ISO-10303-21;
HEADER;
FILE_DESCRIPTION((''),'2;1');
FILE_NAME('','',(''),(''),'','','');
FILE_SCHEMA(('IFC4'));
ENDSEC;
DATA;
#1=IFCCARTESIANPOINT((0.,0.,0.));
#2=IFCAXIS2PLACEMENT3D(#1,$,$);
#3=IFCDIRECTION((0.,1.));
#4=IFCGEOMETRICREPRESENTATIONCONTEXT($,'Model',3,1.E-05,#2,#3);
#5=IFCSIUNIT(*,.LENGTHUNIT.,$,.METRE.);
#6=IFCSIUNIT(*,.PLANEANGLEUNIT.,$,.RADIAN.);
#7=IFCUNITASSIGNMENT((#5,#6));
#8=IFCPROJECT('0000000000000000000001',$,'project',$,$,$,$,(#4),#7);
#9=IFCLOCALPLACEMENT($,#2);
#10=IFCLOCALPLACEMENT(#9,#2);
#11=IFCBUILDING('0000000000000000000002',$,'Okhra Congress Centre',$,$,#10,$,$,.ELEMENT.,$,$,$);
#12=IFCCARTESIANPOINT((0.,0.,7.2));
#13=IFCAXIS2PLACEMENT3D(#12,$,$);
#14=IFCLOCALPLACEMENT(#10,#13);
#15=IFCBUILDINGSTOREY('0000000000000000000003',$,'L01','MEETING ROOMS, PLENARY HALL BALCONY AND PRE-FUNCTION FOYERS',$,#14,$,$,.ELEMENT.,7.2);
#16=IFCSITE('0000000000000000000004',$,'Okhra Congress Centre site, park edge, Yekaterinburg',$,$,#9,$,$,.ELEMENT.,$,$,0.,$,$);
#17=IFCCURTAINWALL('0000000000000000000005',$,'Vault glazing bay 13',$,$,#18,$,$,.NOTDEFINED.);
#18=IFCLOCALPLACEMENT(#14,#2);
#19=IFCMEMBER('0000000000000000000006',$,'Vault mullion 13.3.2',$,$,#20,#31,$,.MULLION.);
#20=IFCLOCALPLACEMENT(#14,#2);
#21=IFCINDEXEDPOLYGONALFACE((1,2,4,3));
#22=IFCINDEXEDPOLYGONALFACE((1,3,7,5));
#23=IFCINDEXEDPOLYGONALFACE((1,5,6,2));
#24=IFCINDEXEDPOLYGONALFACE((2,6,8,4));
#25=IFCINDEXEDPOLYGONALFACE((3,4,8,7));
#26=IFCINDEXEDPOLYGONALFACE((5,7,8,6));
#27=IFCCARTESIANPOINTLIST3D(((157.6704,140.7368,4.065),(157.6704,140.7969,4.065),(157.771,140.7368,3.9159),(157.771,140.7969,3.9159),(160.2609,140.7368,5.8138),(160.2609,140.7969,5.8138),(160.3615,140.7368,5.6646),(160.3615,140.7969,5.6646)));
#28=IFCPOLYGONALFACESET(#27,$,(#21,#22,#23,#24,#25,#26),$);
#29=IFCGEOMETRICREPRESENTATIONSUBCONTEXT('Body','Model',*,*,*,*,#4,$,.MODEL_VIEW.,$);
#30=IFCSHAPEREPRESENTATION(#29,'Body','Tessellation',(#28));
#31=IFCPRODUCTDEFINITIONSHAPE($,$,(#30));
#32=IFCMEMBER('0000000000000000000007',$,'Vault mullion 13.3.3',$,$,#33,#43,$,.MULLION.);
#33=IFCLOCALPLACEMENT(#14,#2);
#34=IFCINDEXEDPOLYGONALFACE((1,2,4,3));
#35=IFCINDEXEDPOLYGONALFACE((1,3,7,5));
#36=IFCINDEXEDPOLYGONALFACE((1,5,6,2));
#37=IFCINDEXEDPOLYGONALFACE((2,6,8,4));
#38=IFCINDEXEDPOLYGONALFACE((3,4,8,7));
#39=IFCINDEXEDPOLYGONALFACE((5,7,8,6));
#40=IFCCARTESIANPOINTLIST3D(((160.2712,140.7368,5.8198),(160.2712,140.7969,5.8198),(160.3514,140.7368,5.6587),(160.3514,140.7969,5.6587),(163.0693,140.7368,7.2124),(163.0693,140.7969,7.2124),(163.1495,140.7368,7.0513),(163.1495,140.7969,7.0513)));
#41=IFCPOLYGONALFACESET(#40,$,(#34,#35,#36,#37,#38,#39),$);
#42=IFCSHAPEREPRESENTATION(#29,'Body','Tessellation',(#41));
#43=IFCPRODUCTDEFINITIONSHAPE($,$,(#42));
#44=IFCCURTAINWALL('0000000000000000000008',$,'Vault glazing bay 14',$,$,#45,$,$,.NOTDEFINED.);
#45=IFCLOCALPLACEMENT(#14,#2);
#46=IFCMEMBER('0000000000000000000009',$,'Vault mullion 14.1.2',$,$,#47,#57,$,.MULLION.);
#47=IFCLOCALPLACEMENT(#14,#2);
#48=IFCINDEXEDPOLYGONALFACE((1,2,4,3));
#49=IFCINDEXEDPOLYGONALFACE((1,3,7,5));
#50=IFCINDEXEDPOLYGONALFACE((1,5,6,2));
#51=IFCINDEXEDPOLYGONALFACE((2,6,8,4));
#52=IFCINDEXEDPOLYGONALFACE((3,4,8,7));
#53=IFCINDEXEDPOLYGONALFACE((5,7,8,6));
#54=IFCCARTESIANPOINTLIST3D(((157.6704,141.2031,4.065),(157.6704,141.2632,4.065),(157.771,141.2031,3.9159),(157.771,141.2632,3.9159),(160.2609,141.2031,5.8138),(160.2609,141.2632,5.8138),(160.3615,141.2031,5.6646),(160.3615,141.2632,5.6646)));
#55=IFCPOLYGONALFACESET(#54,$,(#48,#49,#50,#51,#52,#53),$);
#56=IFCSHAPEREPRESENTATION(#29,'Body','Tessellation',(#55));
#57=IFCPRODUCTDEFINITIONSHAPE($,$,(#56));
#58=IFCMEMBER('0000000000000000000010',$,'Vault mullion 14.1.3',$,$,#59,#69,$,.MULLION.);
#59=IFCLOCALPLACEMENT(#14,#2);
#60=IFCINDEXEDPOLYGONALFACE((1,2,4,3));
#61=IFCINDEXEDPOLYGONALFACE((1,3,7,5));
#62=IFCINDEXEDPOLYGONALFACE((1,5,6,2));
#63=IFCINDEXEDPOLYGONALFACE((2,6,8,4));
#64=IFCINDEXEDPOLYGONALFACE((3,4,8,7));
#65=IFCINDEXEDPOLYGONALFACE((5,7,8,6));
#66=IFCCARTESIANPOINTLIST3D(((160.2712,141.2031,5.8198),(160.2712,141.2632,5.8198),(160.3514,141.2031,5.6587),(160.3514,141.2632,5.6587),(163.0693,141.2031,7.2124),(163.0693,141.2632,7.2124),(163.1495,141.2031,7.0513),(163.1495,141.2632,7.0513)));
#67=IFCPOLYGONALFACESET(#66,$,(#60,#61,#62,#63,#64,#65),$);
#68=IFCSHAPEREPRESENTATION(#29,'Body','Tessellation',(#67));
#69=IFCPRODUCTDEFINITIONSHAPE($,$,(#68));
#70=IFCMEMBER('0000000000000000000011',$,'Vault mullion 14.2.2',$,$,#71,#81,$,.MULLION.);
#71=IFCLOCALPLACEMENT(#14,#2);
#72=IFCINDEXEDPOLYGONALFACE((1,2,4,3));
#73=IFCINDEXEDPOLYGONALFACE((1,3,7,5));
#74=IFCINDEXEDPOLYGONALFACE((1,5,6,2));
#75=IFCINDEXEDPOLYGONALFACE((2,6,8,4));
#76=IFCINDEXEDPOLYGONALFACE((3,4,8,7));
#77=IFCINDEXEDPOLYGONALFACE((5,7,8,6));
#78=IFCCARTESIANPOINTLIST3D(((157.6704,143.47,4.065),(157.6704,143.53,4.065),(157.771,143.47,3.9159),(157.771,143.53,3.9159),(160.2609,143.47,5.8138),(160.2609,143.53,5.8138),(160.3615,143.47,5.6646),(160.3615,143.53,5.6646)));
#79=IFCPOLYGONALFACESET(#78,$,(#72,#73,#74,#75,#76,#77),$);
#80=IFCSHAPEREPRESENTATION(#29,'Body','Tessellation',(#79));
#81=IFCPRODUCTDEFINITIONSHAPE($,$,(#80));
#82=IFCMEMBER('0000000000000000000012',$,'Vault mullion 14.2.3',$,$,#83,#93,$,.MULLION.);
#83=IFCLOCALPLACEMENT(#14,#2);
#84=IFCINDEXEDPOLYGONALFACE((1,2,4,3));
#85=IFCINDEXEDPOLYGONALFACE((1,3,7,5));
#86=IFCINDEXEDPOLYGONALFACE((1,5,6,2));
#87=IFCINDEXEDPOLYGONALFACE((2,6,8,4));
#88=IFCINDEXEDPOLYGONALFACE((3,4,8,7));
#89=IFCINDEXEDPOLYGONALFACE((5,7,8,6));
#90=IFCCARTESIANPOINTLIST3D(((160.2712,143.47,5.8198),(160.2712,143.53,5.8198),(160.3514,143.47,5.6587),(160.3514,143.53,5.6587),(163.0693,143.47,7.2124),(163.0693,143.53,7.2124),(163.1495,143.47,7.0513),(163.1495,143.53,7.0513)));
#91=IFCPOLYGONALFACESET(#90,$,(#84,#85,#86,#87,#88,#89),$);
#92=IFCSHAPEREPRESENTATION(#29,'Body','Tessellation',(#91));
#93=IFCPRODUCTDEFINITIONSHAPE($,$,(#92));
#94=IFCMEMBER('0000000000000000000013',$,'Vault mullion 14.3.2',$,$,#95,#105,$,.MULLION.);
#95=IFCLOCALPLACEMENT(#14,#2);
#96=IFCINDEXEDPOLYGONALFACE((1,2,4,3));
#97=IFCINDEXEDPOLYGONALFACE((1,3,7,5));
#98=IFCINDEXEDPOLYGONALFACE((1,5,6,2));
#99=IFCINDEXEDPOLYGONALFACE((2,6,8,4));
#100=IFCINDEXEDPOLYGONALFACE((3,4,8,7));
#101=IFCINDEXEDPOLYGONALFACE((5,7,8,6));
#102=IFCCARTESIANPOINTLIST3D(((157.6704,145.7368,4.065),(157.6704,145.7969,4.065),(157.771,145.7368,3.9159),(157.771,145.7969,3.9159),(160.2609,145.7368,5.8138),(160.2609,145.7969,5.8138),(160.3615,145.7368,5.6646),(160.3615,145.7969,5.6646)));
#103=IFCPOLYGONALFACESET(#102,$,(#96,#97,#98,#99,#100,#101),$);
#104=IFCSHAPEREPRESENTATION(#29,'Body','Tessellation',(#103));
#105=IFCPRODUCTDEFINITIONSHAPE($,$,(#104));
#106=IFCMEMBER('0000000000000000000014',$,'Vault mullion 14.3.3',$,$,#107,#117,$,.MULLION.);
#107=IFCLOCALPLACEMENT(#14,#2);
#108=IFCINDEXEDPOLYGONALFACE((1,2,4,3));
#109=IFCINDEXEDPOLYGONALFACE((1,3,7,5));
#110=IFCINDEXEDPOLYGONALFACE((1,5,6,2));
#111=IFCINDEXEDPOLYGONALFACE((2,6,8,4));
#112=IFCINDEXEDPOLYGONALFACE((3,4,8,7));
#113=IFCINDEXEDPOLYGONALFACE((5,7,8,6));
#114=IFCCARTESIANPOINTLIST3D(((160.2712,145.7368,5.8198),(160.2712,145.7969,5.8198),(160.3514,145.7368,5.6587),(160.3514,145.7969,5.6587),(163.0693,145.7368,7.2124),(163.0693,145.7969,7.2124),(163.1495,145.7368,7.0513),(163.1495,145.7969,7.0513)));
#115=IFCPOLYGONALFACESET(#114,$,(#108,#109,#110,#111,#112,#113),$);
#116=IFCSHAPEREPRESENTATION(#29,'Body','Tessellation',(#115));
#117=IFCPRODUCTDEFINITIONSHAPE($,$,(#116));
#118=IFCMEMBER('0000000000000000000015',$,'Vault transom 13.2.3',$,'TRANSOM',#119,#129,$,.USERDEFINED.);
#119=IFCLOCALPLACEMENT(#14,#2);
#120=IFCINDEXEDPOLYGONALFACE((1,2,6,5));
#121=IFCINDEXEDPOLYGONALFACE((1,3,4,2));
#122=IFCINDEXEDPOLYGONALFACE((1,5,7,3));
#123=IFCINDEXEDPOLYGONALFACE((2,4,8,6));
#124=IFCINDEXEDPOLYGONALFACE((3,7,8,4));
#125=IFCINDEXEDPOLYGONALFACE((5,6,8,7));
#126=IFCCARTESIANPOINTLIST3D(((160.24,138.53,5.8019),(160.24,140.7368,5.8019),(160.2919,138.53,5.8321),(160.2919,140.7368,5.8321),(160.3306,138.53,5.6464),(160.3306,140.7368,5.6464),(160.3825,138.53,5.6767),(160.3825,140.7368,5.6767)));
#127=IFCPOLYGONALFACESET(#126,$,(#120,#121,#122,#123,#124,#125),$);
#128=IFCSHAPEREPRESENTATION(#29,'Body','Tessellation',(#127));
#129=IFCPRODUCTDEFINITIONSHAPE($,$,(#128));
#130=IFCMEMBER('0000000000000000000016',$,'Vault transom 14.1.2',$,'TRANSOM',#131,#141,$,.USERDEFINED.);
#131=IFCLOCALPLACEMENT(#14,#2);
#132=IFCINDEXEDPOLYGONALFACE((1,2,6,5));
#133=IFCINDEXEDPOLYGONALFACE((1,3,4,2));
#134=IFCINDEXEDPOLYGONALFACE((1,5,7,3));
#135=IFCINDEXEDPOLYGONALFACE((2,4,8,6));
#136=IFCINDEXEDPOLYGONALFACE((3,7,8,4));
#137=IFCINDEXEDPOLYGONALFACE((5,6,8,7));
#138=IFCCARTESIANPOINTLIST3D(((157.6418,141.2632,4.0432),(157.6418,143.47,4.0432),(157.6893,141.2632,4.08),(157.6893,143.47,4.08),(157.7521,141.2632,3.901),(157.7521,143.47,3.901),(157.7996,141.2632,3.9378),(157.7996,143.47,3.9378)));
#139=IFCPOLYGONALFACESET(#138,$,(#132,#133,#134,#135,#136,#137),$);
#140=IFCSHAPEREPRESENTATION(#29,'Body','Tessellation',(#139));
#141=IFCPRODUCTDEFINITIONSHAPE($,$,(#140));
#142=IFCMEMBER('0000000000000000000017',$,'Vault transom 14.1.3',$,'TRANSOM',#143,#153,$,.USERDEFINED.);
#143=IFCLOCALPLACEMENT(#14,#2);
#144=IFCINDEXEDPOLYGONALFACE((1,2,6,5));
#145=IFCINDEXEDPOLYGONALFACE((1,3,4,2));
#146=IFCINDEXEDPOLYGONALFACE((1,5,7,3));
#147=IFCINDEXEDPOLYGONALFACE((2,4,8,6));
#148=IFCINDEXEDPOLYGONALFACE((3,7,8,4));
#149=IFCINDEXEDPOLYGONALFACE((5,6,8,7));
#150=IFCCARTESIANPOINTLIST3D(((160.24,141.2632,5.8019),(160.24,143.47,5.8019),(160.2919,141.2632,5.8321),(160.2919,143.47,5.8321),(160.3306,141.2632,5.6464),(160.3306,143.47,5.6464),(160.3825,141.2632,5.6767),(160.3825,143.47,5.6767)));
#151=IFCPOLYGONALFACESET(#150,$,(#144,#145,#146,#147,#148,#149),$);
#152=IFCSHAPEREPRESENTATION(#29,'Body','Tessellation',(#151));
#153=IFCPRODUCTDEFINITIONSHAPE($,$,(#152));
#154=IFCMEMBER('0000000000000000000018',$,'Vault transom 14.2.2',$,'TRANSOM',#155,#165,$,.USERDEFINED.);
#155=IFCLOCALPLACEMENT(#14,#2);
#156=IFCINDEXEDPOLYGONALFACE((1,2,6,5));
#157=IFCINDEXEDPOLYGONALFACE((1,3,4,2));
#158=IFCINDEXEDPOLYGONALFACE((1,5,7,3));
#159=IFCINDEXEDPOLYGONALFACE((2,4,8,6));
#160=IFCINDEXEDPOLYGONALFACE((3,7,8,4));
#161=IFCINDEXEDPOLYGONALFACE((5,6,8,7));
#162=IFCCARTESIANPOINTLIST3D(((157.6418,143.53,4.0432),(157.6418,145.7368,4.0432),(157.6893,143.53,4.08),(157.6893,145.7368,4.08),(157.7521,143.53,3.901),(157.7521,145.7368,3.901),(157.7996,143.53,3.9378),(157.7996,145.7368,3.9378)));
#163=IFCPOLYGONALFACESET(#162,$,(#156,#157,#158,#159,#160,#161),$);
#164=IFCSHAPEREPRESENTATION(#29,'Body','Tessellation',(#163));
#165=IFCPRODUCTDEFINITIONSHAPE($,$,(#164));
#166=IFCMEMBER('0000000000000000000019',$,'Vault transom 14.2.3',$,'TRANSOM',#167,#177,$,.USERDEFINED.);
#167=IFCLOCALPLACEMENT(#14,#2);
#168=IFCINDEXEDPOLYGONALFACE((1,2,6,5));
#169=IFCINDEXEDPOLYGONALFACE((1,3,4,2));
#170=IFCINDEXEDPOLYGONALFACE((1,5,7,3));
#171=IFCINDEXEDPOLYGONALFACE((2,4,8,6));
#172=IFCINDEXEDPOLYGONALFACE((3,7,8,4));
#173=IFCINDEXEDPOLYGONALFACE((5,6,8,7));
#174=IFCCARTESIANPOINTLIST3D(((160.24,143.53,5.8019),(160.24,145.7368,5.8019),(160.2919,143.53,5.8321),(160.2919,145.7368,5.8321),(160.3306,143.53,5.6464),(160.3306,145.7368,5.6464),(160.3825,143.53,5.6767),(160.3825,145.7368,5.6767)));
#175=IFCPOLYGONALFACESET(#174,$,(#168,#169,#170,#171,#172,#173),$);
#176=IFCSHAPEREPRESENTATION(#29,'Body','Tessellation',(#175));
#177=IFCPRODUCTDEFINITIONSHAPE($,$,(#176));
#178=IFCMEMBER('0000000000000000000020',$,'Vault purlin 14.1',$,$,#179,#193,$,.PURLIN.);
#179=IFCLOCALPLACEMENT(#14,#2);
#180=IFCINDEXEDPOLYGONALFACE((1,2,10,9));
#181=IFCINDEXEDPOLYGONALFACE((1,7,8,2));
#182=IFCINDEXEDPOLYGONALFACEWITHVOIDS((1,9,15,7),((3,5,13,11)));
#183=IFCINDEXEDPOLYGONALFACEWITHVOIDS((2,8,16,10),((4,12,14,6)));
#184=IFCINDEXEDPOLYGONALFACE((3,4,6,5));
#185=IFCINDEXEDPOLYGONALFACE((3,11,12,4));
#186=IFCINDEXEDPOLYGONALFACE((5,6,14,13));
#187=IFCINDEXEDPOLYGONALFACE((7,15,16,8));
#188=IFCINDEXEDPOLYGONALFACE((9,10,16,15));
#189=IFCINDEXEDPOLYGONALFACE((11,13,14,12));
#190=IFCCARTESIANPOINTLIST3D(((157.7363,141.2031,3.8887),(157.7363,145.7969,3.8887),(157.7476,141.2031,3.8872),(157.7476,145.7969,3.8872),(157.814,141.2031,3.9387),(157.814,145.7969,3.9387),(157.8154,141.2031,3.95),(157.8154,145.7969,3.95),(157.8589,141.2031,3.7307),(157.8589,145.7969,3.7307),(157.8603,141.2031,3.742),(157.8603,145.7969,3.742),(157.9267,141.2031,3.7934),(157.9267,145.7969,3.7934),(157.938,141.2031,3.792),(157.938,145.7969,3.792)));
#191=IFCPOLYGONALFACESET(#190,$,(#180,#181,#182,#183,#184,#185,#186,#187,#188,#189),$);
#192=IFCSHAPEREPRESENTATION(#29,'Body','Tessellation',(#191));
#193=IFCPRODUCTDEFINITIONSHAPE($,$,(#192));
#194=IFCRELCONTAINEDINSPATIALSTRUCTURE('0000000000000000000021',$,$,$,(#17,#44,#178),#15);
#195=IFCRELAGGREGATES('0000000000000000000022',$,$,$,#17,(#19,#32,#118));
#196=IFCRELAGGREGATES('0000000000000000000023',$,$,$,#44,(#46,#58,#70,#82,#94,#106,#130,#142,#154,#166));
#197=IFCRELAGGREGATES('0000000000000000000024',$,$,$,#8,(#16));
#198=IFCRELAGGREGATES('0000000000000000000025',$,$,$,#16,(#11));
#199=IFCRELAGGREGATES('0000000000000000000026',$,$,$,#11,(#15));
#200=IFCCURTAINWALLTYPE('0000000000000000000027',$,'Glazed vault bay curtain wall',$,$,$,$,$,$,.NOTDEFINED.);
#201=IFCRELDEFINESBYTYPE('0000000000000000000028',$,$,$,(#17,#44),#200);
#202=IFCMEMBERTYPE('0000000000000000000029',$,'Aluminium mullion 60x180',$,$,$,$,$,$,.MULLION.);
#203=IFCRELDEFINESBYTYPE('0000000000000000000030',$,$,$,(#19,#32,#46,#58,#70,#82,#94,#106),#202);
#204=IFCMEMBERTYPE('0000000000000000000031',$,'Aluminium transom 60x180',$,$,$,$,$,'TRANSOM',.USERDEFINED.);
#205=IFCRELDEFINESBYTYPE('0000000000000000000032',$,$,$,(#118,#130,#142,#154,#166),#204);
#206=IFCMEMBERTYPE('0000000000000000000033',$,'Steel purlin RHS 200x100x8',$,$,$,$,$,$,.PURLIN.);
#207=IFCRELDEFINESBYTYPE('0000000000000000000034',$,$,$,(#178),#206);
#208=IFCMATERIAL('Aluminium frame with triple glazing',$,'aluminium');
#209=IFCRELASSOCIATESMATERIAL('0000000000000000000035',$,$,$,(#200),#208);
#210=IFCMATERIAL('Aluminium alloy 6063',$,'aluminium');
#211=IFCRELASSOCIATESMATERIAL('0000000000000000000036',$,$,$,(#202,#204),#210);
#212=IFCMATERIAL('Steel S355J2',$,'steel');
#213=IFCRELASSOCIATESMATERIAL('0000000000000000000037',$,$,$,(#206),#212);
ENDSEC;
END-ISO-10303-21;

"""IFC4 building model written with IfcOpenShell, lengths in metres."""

from ifc_helpers import new_model, si_unit, direction, frame, origin, origin_2d, place, context, subcontext, project, spatial, rectangle, hollow_rectangle, extrude, material, material_profile, profile_set, type_object, element, aggregate, save


model = new_model("IFC4")

# Units and contexts
model_context = context("Model", 3, precision=1e-05, world=origin(), true_north=direction((0.0, 1.0)))
body_context = subcontext(model_context, "Body", "Model", "MODEL_VIEW")
ifc_project = project(units=[si_unit("LENGTHUNIT", "METRE"), si_unit("PLANEANGLEUNIT", "RADIAN")], contexts=[model_context])

# Site, building, storey
site_placement = place(None, origin())
site = spatial("IfcSite", under=ifc_project, at=site_placement, Name="Okhra Congress Centre site, park edge, Yekaterinburg", CompositionType="ELEMENT", RefElevation=0.0)
building_placement = place(site_placement, origin())
building = spatial("IfcBuilding", under=site, at=building_placement, Name="Okhra Congress Centre", CompositionType="ELEMENT")
storey_placement = place(building_placement, frame((0.0, 0.0, 7.2)))
storey = spatial("IfcBuildingStorey", under=building, at=storey_placement, Name="L01", Description="MEETING ROOMS, PLENARY HALL BALCONY AND PRE-FUNCTION FOYERS", CompositionType="ELEMENT", Elevation=7.2)

# Curtain walls, members
ifc_material_1 = material(Name="Aluminium frame with triple glazing", Category="aluminium")
curtain_wall_type = type_object("IfcCurtainWallType", Name="Glazed vault bay curtain wall", PredefinedType="NOTDEFINED", material=ifc_material_1)
curtain_wall_1_placement = place(storey_placement, origin())
curtain_wall_1 = element("IfcCurtainWall", 1, at=curtain_wall_1_placement, inside=storey, type_object=curtain_wall_type, Name="Vault glazing bay 13", PredefinedType="NOTDEFINED")
ifc_material_2 = material(Name="Aluminium alloy 6063", Category="aluminium")
ifc_material_profile_1 = material_profile(ifc_material_2, rectangle(XDim=0.0601, YDim=0.1799, at=origin_2d()), Name="AL 60x180")
ifc_profile_set_1 = profile_set([ifc_material_profile_1], Name="Aluminium alloy 6063")
member_type_1 = type_object("IfcMemberType", Name="Aluminium mullion 60x180", PredefinedType="MULLION", material=ifc_profile_set_1)
member_1_placement = place(storey_placement, frame((157.7207, 140.7668, 3.9905), z_axis=(0.828828, 0.0, 0.559504), x_axis=(0.0, 1.0, 0.0)))
member_1 = element("IfcMember", 2, at=member_1_placement, type_object=member_type_1, Name="Vault mullion 13.3.2", PredefinedType="MULLION", context=body_context, shape_type="SweptSolid", body=[
    extrude(rectangle(XDim=0.0601, YDim=0.1799, at=origin_2d()), origin(), (0.0, 0.0, 1.0), 3.1255),
])
member_2_placement = place(storey_placement, frame((160.3113, 140.7668, 5.7393), z_axis=(0.895254, 0.0, 0.445557), x_axis=(0.0, 1.0, 0.0)))
member_2 = element("IfcMember", 3, at=member_2_placement, type_object=member_type_1, Name="Vault mullion 13.3.3", PredefinedType="MULLION", context=body_context, shape_type="SweptSolid", body=[
    extrude(rectangle(XDim=0.0601, YDim=0.1799, at=origin_2d()), origin(), (0.0, 0.0, 1.0), 3.1255),
])
curtain_wall_2_placement = place(storey_placement, origin())
curtain_wall_2 = element("IfcCurtainWall", 4, at=curtain_wall_2_placement, inside=storey, type_object=curtain_wall_type, Name="Vault glazing bay 14", PredefinedType="NOTDEFINED")
member_3_placement = place(storey_placement, frame((157.7207, 141.2332, 3.9905), z_axis=(0.828828, 0.0, 0.559504), x_axis=(0.0, 1.0, 0.0)))
member_3 = element("IfcMember", 5, at=member_3_placement, type_object=member_type_1, Name="Vault mullion 14.1.2", PredefinedType="MULLION", context=body_context, shape_type="SweptSolid", body=[
    extrude(rectangle(XDim=0.0601, YDim=0.1799, at=origin_2d()), origin(), (0.0, 0.0, 1.0), 3.1255),
])
member_4_placement = place(storey_placement, frame((160.3113, 141.2332, 5.7393), z_axis=(0.895254, 0.0, 0.445557), x_axis=(0.0, 1.0, 0.0)))
member_4 = element("IfcMember", 6, at=member_4_placement, type_object=member_type_1, Name="Vault mullion 14.1.3", PredefinedType="MULLION", context=body_context, shape_type="SweptSolid", body=[
    extrude(rectangle(XDim=0.0601, YDim=0.1799, at=origin_2d()), origin(), (0.0, 0.0, 1.0), 3.1255),
])
member_5_placement = place(storey_placement, frame((157.7207, 143.5, 3.9905), z_axis=(0.828828, 0.0, 0.559504), x_axis=(0.0, 1.0, 0.0)))
member_5 = element("IfcMember", 7, at=member_5_placement, type_object=member_type_1, Name="Vault mullion 14.2.2", PredefinedType="MULLION", context=body_context, shape_type="SweptSolid", body=[
    extrude(rectangle(XDim=0.0601, YDim=0.1799, at=origin_2d()), origin(), (0.0, 0.0, 1.0), 3.1255),
])
member_6_placement = place(storey_placement, frame((160.3113, 143.5, 5.7393), z_axis=(0.895254, 0.0, 0.445557), x_axis=(0.0, 1.0, 0.0)))
member_6 = element("IfcMember", 8, at=member_6_placement, type_object=member_type_1, Name="Vault mullion 14.2.3", PredefinedType="MULLION", context=body_context, shape_type="SweptSolid", body=[
    extrude(rectangle(XDim=0.0601, YDim=0.1799, at=origin_2d()), origin(), (0.0, 0.0, 1.0), 3.1255),
])
member_7_placement = place(storey_placement, frame((157.7207, 145.7668, 3.9905), z_axis=(0.828828, 0.0, 0.559504), x_axis=(0.0, 1.0, 0.0)))
member_7 = element("IfcMember", 9, at=member_7_placement, type_object=member_type_1, Name="Vault mullion 14.3.2", PredefinedType="MULLION", context=body_context, shape_type="SweptSolid", body=[
    extrude(rectangle(XDim=0.0601, YDim=0.1799, at=origin_2d()), origin(), (0.0, 0.0, 1.0), 3.1255),
])
member_8_placement = place(storey_placement, frame((160.3113, 145.7668, 5.7393), z_axis=(0.895254, 0.0, 0.445557), x_axis=(0.0, 1.0, 0.0)))
member_8 = element("IfcMember", 10, at=member_8_placement, type_object=member_type_1, Name="Vault mullion 14.3.3", PredefinedType="MULLION", context=body_context, shape_type="SweptSolid", body=[
    extrude(rectangle(XDim=0.0601, YDim=0.1799, at=origin_2d()), origin(), (0.0, 0.0, 1.0), 3.1255),
])

# Members
ifc_material_profile_2 = material_profile(ifc_material_2, rectangle(XDim=0.0601, YDim=0.1799, at=origin_2d()), Name="AL 60x180 transom")
ifc_profile_set_2 = profile_set([ifc_material_profile_2], Name="Aluminium alloy 6063")
member_type_2 = type_object("IfcMemberType", Name="Aluminium transom 60x180", ElementType="TRANSOM", PredefinedType="USERDEFINED", material=ifc_profile_set_2)
member_9_placement = place(storey_placement, frame((160.3113, 138.53, 5.7393), z_axis=(0.0, 1.0, 0.0), x_axis=(-0.863917, 0.0, -0.503634)))
member_9 = element("IfcMember", 11, at=member_9_placement, type_object=member_type_2, Name="Vault transom 13.2.3", ObjectType="TRANSOM", PredefinedType="USERDEFINED", context=body_context, shape_type="SweptSolid", body=[
    extrude(rectangle(XDim=0.0601, YDim=0.1799, at=origin_2d()), origin(), (0.0, 0.0, 1.0), 2.2068),
])
aggregate(curtain_wall_1, [member_1, member_2, member_9])
member_10_placement = place(storey_placement, frame((157.7207, 141.2632, 3.9905), z_axis=(0.0, 1.0, 0.0), x_axis=(-0.790145, 0.0, -0.61292)))
member_10 = element("IfcMember", 12, at=member_10_placement, type_object=member_type_2, Name="Vault transom 14.1.2", ObjectType="TRANSOM", PredefinedType="USERDEFINED", context=body_context, shape_type="SweptSolid", body=[
    extrude(rectangle(XDim=0.0601, YDim=0.1799, at=origin_2d()), origin(), (0.0, 0.0, 1.0), 2.2068),
])
member_11_placement = place(storey_placement, frame((160.3113, 141.2632, 5.7393), z_axis=(0.0, 1.0, 0.0), x_axis=(-0.863917, 0.0, -0.503634)))
member_11 = element("IfcMember", 13, at=member_11_placement, type_object=member_type_2, Name="Vault transom 14.1.3", ObjectType="TRANSOM", PredefinedType="USERDEFINED", context=body_context, shape_type="SweptSolid", body=[
    extrude(rectangle(XDim=0.0601, YDim=0.1799, at=origin_2d()), origin(), (0.0, 0.0, 1.0), 2.2068),
])
member_12_placement = place(storey_placement, frame((157.7207, 143.53, 3.9905), z_axis=(0.0, 1.0, 0.0), x_axis=(-0.790145, 0.0, -0.61292)))
member_12 = element("IfcMember", 14, at=member_12_placement, type_object=member_type_2, Name="Vault transom 14.2.2", ObjectType="TRANSOM", PredefinedType="USERDEFINED", context=body_context, shape_type="SweptSolid", body=[
    extrude(rectangle(XDim=0.0601, YDim=0.1799, at=origin_2d()), origin(), (0.0, 0.0, 1.0), 2.2068),
])
member_13_placement = place(storey_placement, frame((160.3113, 143.53, 5.7393), z_axis=(0.0, 1.0, 0.0), x_axis=(-0.863917, 0.0, -0.503634)))
member_13 = element("IfcMember", 15, at=member_13_placement, type_object=member_type_2, Name="Vault transom 14.2.3", ObjectType="TRANSOM", PredefinedType="USERDEFINED", context=body_context, shape_type="SweptSolid", body=[
    extrude(rectangle(XDim=0.0601, YDim=0.1799, at=origin_2d()), origin(), (0.0, 0.0, 1.0), 2.2068),
])

# Member
ifc_material_3 = material(Name="Steel S355J2", Category="steel")
ifc_material_profile_3 = material_profile(ifc_material_3, hollow_rectangle(XDim=0.1001, YDim=0.2, WallThickness=0.0081, at=origin_2d()), Name="RHS 200x100x8")
ifc_profile_set_3 = profile_set([ifc_material_profile_3], Name="Steel S355J2")
member_type_3 = type_object("IfcMemberType", Name="Steel purlin RHS 200x100x8", PredefinedType="PURLIN", material=ifc_profile_set_3)
member_14_placement = place(storey_placement, frame((157.8372, 141.2031, 3.8403), z_axis=(0.0, 1.0, 0.0), x_axis=(-0.790145, 0.0, -0.61292)))
element("IfcMember", 16, at=member_14_placement, inside=storey, type_object=member_type_3, Name="Vault purlin 14.1", PredefinedType="PURLIN", context=body_context, shape_type="SweptSolid", body=[
    extrude(hollow_rectangle(XDim=0.1001, YDim=0.2, WallThickness=0.0081, at=origin_2d()), origin(), (0.0, 0.0, 1.0), 4.5938),
])

aggregate(curtain_wall_2, [member_3, member_4, member_5, member_6, member_7, member_8, member_10, member_11, member_12, member_13])

save(model, "model.ifc")
